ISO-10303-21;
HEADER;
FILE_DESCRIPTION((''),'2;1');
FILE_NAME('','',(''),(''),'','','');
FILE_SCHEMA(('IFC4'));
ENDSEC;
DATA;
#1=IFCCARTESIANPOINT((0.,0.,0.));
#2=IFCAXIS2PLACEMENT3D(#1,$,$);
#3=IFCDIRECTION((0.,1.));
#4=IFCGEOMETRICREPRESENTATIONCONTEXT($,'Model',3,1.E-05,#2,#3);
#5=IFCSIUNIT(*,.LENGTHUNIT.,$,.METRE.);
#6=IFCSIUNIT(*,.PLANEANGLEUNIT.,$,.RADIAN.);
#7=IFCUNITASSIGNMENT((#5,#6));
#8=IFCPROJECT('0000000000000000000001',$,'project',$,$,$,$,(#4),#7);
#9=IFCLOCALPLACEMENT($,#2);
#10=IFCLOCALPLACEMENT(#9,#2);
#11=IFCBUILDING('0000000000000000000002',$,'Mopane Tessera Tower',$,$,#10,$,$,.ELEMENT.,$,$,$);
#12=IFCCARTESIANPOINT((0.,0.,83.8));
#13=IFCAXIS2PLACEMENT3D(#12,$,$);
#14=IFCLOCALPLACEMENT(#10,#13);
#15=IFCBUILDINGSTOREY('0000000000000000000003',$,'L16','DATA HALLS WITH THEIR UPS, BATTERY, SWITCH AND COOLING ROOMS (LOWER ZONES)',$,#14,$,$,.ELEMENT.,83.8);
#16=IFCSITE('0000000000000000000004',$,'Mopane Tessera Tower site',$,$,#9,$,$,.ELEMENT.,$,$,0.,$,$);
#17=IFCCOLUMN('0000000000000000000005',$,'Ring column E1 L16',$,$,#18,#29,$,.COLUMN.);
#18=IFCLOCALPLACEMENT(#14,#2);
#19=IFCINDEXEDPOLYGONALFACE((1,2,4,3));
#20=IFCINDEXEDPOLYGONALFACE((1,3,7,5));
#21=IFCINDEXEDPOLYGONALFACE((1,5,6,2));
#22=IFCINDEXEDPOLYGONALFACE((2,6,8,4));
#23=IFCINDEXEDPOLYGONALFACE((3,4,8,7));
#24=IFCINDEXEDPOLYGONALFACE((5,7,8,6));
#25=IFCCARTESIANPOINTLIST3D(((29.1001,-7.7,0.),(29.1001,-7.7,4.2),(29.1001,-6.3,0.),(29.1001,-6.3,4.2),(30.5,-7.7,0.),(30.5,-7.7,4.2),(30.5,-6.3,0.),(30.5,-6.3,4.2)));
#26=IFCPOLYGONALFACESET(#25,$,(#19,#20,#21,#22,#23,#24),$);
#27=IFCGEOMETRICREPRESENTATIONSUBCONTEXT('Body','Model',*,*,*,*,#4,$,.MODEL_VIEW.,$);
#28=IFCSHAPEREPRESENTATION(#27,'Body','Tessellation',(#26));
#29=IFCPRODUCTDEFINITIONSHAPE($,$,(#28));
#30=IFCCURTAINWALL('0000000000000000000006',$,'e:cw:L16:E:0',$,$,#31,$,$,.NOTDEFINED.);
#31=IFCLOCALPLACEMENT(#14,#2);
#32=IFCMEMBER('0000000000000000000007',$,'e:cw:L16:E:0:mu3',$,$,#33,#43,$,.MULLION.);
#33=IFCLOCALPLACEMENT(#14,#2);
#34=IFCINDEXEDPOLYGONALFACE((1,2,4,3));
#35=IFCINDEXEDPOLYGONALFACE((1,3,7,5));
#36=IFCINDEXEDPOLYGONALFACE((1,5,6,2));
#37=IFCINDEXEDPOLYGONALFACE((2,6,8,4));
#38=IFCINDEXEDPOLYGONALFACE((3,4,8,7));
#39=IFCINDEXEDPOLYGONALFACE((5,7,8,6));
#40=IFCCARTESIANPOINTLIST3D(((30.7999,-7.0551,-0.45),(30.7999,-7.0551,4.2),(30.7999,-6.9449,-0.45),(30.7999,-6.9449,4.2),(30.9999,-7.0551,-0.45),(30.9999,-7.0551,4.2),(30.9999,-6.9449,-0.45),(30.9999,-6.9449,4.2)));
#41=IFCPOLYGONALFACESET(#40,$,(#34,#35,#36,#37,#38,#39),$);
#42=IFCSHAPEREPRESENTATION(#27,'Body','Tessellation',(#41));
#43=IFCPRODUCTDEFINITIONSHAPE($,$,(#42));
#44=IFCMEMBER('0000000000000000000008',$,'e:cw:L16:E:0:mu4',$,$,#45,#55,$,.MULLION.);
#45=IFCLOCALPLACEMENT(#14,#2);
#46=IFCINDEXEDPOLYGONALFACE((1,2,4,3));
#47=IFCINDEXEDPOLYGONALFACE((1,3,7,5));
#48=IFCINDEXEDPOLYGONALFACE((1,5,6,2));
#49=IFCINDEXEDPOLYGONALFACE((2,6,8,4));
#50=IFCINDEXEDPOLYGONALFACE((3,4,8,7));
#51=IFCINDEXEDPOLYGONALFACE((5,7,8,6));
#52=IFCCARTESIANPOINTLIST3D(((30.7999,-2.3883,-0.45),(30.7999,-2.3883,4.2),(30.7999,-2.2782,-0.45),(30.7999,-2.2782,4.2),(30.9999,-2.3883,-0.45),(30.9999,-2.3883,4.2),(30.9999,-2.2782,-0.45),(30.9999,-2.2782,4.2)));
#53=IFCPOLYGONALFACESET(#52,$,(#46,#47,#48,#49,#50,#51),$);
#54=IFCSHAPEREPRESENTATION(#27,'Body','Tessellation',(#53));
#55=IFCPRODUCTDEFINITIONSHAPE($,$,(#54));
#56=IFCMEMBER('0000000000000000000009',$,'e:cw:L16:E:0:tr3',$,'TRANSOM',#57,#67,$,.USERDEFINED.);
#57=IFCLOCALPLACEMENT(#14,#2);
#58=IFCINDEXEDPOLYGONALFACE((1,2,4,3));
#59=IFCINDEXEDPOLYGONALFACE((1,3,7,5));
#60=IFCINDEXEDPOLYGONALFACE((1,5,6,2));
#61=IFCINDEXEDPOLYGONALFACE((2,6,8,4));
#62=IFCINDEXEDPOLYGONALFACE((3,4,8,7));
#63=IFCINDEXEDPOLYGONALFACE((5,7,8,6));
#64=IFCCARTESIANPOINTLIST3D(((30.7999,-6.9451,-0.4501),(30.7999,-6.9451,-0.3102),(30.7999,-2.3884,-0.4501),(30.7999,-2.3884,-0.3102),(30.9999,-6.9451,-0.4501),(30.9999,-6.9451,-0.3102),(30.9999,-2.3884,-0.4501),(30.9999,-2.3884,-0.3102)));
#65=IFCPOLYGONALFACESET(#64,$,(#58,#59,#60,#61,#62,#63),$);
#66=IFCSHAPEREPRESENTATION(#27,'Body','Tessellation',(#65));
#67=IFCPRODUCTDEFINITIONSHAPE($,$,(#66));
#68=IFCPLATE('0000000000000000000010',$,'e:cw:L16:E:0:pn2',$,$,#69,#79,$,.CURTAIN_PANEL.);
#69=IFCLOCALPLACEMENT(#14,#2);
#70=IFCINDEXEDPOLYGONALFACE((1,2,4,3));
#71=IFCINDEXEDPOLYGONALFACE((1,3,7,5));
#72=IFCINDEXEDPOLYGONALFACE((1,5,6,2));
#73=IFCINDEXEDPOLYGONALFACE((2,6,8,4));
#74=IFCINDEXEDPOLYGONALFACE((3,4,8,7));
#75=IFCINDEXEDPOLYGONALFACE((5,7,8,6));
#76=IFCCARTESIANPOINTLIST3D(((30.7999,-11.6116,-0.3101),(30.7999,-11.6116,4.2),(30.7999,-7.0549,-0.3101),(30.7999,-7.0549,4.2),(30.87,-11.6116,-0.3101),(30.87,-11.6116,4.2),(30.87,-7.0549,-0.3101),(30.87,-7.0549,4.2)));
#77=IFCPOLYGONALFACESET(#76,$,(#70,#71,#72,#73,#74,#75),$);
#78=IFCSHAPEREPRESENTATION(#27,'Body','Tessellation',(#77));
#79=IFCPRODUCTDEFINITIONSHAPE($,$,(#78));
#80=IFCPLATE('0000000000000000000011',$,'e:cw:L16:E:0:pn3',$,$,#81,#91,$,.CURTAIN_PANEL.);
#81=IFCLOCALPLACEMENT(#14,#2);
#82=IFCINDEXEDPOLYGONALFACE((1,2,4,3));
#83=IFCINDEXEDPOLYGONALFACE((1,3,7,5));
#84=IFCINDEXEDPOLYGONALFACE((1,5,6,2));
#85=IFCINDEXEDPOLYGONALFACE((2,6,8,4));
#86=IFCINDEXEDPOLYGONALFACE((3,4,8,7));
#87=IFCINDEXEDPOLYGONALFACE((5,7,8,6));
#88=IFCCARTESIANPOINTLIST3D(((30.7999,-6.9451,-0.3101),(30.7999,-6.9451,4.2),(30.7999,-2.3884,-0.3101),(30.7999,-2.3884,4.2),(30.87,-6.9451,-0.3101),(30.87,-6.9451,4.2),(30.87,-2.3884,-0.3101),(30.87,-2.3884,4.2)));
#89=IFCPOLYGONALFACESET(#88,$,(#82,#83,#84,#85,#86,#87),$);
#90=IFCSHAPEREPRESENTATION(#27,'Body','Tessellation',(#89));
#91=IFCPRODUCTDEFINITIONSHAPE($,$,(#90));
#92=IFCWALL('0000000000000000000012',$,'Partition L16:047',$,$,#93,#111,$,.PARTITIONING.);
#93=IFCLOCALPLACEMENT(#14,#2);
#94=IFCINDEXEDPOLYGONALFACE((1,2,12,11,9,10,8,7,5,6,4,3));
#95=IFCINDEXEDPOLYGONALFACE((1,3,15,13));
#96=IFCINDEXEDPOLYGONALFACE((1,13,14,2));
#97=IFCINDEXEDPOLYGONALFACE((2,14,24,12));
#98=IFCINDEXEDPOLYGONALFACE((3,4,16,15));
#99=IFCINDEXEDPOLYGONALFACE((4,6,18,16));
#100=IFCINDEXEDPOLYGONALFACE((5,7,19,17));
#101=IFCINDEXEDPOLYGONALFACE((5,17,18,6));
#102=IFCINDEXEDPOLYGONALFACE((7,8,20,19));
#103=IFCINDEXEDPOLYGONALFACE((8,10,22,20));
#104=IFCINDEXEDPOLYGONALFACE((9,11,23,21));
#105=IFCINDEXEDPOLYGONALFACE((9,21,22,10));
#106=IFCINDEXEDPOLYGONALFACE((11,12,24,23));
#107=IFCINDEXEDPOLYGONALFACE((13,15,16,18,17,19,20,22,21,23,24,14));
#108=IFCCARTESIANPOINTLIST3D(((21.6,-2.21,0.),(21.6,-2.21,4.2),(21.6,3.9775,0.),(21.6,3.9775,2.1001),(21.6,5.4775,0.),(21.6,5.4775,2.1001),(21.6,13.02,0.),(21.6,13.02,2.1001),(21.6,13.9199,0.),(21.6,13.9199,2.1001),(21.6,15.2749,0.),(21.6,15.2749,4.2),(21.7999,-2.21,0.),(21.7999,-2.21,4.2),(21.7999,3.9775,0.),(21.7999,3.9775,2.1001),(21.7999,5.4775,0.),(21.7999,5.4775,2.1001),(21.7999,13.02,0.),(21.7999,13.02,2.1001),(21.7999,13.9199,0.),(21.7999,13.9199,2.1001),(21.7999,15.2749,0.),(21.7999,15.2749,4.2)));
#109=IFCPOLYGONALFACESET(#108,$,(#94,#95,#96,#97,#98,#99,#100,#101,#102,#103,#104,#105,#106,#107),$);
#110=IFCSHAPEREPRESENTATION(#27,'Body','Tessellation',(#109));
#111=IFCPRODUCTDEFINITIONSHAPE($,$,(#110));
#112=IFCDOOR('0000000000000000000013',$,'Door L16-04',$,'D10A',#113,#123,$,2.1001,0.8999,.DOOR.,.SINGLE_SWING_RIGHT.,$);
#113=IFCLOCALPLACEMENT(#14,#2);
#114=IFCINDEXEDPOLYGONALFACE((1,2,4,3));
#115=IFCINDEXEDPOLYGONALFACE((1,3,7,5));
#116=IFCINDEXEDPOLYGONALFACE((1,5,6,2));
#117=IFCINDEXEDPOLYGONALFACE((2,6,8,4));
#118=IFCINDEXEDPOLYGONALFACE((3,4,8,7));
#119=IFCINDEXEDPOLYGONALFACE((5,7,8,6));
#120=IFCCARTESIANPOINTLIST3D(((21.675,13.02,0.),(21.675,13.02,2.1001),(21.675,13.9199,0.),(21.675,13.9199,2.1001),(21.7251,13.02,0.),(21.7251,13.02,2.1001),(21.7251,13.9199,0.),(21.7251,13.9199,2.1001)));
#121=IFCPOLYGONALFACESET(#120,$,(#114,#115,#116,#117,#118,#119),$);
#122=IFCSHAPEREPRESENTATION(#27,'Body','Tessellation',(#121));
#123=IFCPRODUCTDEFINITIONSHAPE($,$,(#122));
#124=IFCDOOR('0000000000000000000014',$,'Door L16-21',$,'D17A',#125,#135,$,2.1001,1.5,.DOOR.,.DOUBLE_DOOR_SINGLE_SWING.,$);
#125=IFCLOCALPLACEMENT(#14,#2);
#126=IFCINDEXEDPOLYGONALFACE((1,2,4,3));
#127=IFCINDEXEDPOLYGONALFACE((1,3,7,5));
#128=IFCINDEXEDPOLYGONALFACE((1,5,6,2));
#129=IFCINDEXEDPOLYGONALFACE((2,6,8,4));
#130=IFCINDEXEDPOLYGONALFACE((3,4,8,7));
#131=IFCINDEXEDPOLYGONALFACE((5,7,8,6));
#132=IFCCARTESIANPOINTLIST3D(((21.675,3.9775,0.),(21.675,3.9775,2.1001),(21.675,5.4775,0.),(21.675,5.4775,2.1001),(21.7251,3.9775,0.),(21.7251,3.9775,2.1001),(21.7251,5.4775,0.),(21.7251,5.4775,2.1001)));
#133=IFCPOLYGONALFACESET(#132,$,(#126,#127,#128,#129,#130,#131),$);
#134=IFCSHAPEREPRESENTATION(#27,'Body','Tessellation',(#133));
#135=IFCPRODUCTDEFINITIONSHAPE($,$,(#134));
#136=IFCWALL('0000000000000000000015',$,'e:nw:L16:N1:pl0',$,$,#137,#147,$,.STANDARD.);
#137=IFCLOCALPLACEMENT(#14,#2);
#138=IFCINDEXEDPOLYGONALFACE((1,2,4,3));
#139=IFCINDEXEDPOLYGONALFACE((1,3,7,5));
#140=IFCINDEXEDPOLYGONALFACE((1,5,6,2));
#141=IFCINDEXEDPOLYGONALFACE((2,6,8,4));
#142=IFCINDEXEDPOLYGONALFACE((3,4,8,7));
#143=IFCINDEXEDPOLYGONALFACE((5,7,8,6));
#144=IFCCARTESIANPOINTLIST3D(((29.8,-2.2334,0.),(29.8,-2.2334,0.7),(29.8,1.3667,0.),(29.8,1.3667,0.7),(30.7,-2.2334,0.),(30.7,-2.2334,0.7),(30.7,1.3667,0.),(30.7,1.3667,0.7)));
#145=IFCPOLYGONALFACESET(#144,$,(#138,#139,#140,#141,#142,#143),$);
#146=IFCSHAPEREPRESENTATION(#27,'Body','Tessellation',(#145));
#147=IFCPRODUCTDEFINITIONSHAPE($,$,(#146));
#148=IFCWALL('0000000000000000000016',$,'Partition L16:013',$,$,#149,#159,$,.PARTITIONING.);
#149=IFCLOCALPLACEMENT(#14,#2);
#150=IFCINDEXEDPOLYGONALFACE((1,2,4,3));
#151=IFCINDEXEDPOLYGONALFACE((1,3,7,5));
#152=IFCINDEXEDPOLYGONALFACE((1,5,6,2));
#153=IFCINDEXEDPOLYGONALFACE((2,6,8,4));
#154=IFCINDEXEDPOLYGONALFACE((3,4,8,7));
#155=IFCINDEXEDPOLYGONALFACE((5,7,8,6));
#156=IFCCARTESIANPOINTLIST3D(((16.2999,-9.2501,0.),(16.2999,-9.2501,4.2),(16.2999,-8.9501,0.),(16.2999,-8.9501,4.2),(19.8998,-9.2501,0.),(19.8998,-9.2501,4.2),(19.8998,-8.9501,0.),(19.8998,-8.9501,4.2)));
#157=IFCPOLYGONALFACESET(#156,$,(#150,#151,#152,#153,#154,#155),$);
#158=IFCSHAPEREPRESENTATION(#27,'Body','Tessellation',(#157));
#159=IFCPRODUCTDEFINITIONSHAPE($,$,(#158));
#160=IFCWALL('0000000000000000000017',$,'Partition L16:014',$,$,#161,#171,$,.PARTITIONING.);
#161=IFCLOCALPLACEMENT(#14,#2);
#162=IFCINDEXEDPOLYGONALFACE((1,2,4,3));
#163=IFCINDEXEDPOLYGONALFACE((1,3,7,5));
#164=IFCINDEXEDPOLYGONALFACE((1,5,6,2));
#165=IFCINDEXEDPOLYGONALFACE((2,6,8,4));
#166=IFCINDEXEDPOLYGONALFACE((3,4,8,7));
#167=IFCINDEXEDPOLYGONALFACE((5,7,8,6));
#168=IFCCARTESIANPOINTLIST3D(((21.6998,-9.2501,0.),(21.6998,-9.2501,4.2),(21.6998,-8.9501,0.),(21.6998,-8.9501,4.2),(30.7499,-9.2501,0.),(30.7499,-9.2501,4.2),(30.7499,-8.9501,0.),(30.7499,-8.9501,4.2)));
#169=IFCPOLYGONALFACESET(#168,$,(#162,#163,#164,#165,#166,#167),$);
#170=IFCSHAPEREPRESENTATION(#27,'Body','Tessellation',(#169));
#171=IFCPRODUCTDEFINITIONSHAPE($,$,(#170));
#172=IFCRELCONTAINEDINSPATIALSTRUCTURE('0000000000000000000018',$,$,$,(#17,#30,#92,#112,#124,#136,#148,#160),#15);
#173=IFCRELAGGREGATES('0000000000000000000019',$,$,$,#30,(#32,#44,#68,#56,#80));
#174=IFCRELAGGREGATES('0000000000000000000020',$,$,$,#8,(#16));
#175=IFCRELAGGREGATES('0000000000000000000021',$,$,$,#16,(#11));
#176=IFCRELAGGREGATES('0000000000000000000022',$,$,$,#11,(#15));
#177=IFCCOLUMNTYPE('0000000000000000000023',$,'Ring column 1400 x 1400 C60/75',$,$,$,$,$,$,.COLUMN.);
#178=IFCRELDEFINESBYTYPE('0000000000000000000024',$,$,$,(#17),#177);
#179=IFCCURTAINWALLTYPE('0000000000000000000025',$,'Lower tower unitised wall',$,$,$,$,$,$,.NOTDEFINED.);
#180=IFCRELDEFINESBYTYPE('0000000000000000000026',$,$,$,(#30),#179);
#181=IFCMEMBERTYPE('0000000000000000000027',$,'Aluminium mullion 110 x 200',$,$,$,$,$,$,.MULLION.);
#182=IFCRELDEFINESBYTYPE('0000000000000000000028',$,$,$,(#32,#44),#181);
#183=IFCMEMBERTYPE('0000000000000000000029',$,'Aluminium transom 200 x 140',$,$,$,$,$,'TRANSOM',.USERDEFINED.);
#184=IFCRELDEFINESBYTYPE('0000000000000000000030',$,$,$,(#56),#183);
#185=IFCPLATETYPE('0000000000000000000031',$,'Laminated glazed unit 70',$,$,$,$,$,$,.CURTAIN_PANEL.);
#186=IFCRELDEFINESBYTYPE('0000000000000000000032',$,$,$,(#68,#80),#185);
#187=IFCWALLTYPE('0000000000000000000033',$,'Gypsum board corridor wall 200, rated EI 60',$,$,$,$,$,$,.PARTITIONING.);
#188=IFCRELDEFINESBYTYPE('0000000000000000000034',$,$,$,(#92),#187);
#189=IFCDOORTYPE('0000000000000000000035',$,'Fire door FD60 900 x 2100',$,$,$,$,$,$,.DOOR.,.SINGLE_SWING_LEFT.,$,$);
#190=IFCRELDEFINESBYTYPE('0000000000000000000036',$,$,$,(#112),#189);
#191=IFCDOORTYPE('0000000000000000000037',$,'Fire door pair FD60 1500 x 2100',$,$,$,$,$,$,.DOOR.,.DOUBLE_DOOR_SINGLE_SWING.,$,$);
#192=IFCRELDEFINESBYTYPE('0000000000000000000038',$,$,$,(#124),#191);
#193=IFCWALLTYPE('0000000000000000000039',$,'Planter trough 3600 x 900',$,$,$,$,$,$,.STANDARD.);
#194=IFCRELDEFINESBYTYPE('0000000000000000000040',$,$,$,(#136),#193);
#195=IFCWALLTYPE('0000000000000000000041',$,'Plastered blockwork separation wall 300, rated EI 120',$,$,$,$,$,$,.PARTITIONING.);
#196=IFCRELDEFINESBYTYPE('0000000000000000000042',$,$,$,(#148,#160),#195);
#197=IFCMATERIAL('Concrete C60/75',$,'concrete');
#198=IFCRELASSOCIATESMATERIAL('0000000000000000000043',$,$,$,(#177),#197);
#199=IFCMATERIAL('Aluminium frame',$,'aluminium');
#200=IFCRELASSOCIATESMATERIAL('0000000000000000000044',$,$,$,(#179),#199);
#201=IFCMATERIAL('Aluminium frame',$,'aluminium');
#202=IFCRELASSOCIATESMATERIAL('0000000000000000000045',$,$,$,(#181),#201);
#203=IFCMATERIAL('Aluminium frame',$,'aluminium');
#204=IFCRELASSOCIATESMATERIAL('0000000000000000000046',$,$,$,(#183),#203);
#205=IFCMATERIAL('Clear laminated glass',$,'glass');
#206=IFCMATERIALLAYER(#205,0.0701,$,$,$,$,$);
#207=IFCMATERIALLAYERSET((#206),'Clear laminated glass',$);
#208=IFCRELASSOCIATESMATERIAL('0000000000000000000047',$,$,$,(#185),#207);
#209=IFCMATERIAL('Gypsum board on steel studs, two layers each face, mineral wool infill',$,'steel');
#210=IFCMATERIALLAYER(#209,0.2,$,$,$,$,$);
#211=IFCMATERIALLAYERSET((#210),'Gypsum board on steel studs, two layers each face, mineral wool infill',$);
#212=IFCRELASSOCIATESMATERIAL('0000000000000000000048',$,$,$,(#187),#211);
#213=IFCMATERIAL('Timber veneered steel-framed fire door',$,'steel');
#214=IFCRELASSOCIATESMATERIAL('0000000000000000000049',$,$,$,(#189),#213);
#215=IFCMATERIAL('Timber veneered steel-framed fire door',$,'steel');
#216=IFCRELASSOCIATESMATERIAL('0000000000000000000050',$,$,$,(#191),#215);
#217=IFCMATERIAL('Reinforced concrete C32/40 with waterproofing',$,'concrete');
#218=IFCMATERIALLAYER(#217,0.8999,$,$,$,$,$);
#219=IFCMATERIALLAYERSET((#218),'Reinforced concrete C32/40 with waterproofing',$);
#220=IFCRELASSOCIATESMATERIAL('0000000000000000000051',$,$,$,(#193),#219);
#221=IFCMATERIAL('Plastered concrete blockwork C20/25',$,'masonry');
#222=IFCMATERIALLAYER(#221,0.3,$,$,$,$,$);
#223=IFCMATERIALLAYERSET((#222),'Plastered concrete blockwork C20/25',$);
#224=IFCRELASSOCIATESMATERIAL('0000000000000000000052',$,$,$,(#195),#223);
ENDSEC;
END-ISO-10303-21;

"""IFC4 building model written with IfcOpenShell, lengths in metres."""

from ifc_helpers import new_model, si_unit, direction, frame, frame_2d, origin, origin_2d, place, context, subcontext, project, spatial, rectangle, extrude, material, layer, layer_set, material_profile, profile_set, type_object, element, fill, aggregate, save


model = new_model("IFC4")

# Units and contexts
model_context = context("Model", 3, precision=1e-05, world=origin(), true_north=direction((0.0, 1.0)))
body_context = subcontext(model_context, "Body", "Model", "MODEL_VIEW")
ifc_project = project(units=[si_unit("LENGTHUNIT", "METRE"), si_unit("PLANEANGLEUNIT", "RADIAN")], contexts=[model_context])

# Site, building, storey
site_placement = place(None, origin())
site = spatial("IfcSite", under=ifc_project, at=site_placement, Name="Mopane Tessera Tower site", CompositionType="ELEMENT", RefElevation=0.0)
building_placement = place(site_placement, origin())
building = spatial("IfcBuilding", under=site, at=building_placement, Name="Mopane Tessera Tower", CompositionType="ELEMENT")
storey_placement = place(building_placement, frame((0.0, 0.0, 83.8)))
storey = spatial("IfcBuildingStorey", under=building, at=storey_placement, Name="L16", Description="DATA HALLS WITH THEIR UPS, BATTERY, SWITCH AND COOLING ROOMS (LOWER ZONES)", CompositionType="ELEMENT", Elevation=83.8)

# Column
ifc_material_1 = material(Name="Concrete C60/75", Category="concrete")
ifc_material_profile_1 = material_profile(ifc_material_1, rectangle(XDim=1.3999, YDim=1.3999, at=origin_2d()))
ifc_profile_set_1 = profile_set([ifc_material_profile_1], Name="Concrete C60/75")
column_type = type_object("IfcColumnType", Name="Ring column 1400 x 1400 C60/75", PredefinedType="COLUMN", material=ifc_profile_set_1)
column_placement = place(storey_placement, frame((29.8, -7.0, 0.0), z_axis=(0.0, 0.0, 1.0), x_axis=(1.0, 0.0, 0.0)))
element("IfcColumn", 1, at=column_placement, inside=storey, type_object=column_type, Name="Ring column E1 L16", PredefinedType="COLUMN", context=body_context, shape_type="SweptSolid", body=[
    extrude(rectangle(XDim=1.3999, YDim=1.3999, at=origin_2d()), origin(), (0.0, 0.0, 1.0), 4.2),
])

# Curtain wall, members, plates
ifc_material_2 = material(Name="Aluminium frame", Category="aluminium")
curtain_wall_type = type_object("IfcCurtainWallType", Name="Lower tower unitised wall", PredefinedType="NOTDEFINED", material=ifc_material_2)
curtain_wall_placement = place(storey_placement, origin())
curtain_wall = element("IfcCurtainWall", 2, at=curtain_wall_placement, inside=storey, type_object=curtain_wall_type, Name="e:cw:L16:E:0", PredefinedType="NOTDEFINED")
ifc_material_3 = material(Name="Aluminium frame", Category="aluminium")
ifc_material_profile_2 = material_profile(ifc_material_3, rectangle(XDim=0.1101, YDim=0.2, at=origin_2d()))
ifc_profile_set_2 = profile_set([ifc_material_profile_2], Name="Aluminium frame")
member_type_1 = type_object("IfcMemberType", Name="Aluminium mullion 110 x 200", PredefinedType="MULLION", material=ifc_profile_set_2)
member_1_placement = place(storey_placement, frame((30.8999, -7.0, -0.45), z_axis=(0.0, 0.0, 1.0), x_axis=(0.0, 1.0, 0.0)))
member_1 = element("IfcMember", 3, at=member_1_placement, type_object=member_type_1, Name="e:cw:L16:E:0:mu3", PredefinedType="MULLION", context=body_context, shape_type="SweptSolid", body=[
    extrude(rectangle(XDim=0.1101, YDim=0.2, at=origin_2d()), origin(), (0.0, 0.0, 1.0), 4.6499),
])
member_2_placement = place(storey_placement, frame((30.8999, -2.3333, -0.45), z_axis=(0.0, 0.0, 1.0), x_axis=(0.0, 1.0, 0.0)))
member_2 = element("IfcMember", 4, at=member_2_placement, type_object=member_type_1, Name="e:cw:L16:E:0:mu4", PredefinedType="MULLION", context=body_context, shape_type="SweptSolid", body=[
    extrude(rectangle(XDim=0.1101, YDim=0.2, at=origin_2d()), origin(), (0.0, 0.0, 1.0), 4.6499),
])
ifc_material_4 = material(Name="Aluminium frame", Category="aluminium")
ifc_material_profile_3 = material_profile(ifc_material_4, rectangle(XDim=0.2, YDim=0.1399, at=origin_2d()))
ifc_profile_set_3 = profile_set([ifc_material_profile_3], Name="Aluminium frame")
member_type_2 = type_object("IfcMemberType", Name="Aluminium transom 200 x 140", ElementType="TRANSOM", PredefinedType="USERDEFINED", material=ifc_profile_set_3)
member_3_placement = place(storey_placement, frame((30.8999, -6.9451, -0.3801), z_axis=(0.0, 1.0, 0.0), x_axis=(-1.0, 0.0, 0.0)))
member_3 = element("IfcMember", 5, at=member_3_placement, type_object=member_type_2, Name="e:cw:L16:E:0:tr3", ObjectType="TRANSOM", PredefinedType="USERDEFINED", context=body_context, shape_type="SweptSolid", body=[
    extrude(rectangle(XDim=0.2, YDim=0.1399, at=origin_2d()), origin(), (0.0, 0.0, 1.0), 4.5566),
])
ifc_material_5 = material(Name="Clear laminated glass", Category="glass")
ifc_layer_1 = layer(ifc_material_5, 0.0701)
ifc_layer_set_1 = layer_set([ifc_layer_1], Name="Clear laminated glass")
plate_type = type_object("IfcPlateType", Name="Laminated glazed unit 70", PredefinedType="CURTAIN_PANEL", material=ifc_layer_set_1)
plate_1_placement = place(storey_placement, frame((30.835, -9.3333, -0.3101), z_axis=(0.0, 0.0, 1.0), x_axis=(0.0, 1.0, 0.0)))
plate_1 = element("IfcPlate", 6, at=plate_1_placement, type_object=plate_type, Name="e:cw:L16:E:0:pn2", PredefinedType="CURTAIN_PANEL", context=body_context, shape_type="SweptSolid", body=[
    extrude(rectangle(XDim=4.5566, YDim=0.0701, at=origin_2d()), origin(), (0.0, 0.0, 1.0), 4.51),
])
plate_2_placement = place(storey_placement, frame((30.835, -4.6667, -0.3101), z_axis=(0.0, 0.0, 1.0), x_axis=(0.0, 1.0, 0.0)))
plate_2 = element("IfcPlate", 7, at=plate_2_placement, type_object=plate_type, Name="e:cw:L16:E:0:pn3", PredefinedType="CURTAIN_PANEL", context=body_context, shape_type="SweptSolid", body=[
    extrude(rectangle(XDim=4.5566, YDim=0.0701, at=origin_2d()), origin(), (0.0, 0.0, 1.0), 4.51),
])
aggregate(curtain_wall, [member_1, member_2, plate_1, member_3, plate_2])

# Wall, openings, doors
ifc_material_6 = material(Name="Gypsum board on steel studs, two layers each face, mineral wool infill", Category="steel")
ifc_layer_2 = layer(ifc_material_6, 0.2)
ifc_layer_set_2 = layer_set([ifc_layer_2], Name="Gypsum board on steel studs, two layers each face, mineral wool infill")
wall_type_1 = type_object("IfcWallType", Name="Gypsum board corridor wall 200, rated EI 60", PredefinedType="PARTITIONING", material=ifc_layer_set_2)
wall_1_placement = place(storey_placement, frame((21.7, -2.21, 0.0), z_axis=(0.0, 0.0, 1.0), x_axis=(0.0, 1.0, 0.0)))
wall_1 = element("IfcWall", 8, at=wall_1_placement, inside=storey, type_object=wall_type_1, Name="Partition L16:047", PredefinedType="PARTITIONING", context=body_context, shape_type="SweptSolid", body=[
    extrude(rectangle(XDim=17.4849, YDim=0.2, at=frame_2d((8.7424, 0.0))), origin(), (0.0, 0.0, 1.0), 4.2),
])
opening_1_placement = place(wall_1_placement, frame((15.23, 0.0, 0.0)))
opening_1 = element("IfcOpeningElement", 9, at=opening_1_placement, cuts=wall_1, PredefinedType="OPENING", context=body_context, shape_type="SweptSolid", body=[
    extrude(rectangle(XDim=0.8999, YDim=2.1001, at=frame_2d((0.45, 1.05))), frame((0.0, 0.1121, 0.0), z_axis=(0.0, -1.0, 0.0), x_axis=(1.0, 0.0, 0.0)), (0.0, 0.0, 1.0), 0.2239),
])
opening_2_placement = place(wall_1_placement, frame((6.1875, 0.0, 0.0)))
opening_2 = element("IfcOpeningElement", 10, at=opening_2_placement, cuts=wall_1, PredefinedType="OPENING", context=body_context, shape_type="SweptSolid", body=[
    extrude(rectangle(XDim=1.5, YDim=2.1001, at=frame_2d((0.75, 1.05))), frame((0.0, 0.1121, 0.0), z_axis=(0.0, -1.0, 0.0), x_axis=(1.0, 0.0, 0.0)), (0.0, 0.0, 1.0), 0.2239),
])
ifc_material_7 = material(Name="Timber veneered steel-framed fire door", Category="steel")
door_type_1 = type_object("IfcDoorType", Name="Fire door FD60 900 x 2100", OperationType="SINGLE_SWING_LEFT", PredefinedType="DOOR", material=ifc_material_7)
door_1_placement = place(opening_1_placement, origin())
door_1 = element("IfcDoor", 11, at=door_1_placement, inside=storey, type_object=door_type_1, Name="Door L16-04", ObjectType="D10A", OperationType="SINGLE_SWING_RIGHT", OverallHeight=2.1001, OverallWidth=0.8999, PredefinedType="DOOR", context=body_context, shape_type="SweptSolid", body=[
    extrude(rectangle(XDim=0.8999, YDim=2.1001, at=frame_2d((0.45, 1.05))), frame((0.0, 0.0249, 0.0), z_axis=(0.0, -1.0, 0.0), x_axis=(1.0, 0.0, 0.0)), (0.0, 0.0, 1.0), 0.05),
])
fill(opening_1, door_1)
ifc_material_8 = material(Name="Timber veneered steel-framed fire door", Category="steel")
door_type_2 = type_object("IfcDoorType", Name="Fire door pair FD60 1500 x 2100", OperationType="DOUBLE_DOOR_SINGLE_SWING", PredefinedType="DOOR", material=ifc_material_8)
door_2_placement = place(opening_2_placement, origin())
door_2 = element("IfcDoor", 12, at=door_2_placement, inside=storey, type_object=door_type_2, Name="Door L16-21", ObjectType="D17A", OperationType="DOUBLE_DOOR_SINGLE_SWING", OverallHeight=2.1001, OverallWidth=1.5, PredefinedType="DOOR", context=body_context, shape_type="SweptSolid", body=[
    extrude(rectangle(XDim=1.5, YDim=2.1001, at=frame_2d((0.75, 1.05))), frame((0.0, 0.0249, 0.0), z_axis=(0.0, -1.0, 0.0), x_axis=(1.0, 0.0, 0.0)), (0.0, 0.0, 1.0), 0.05),
])
fill(opening_2, door_2)

# Walls
ifc_material_9 = material(Name="Reinforced concrete C32/40 with waterproofing", Category="concrete")
ifc_layer_3 = layer(ifc_material_9, 0.8999)
ifc_layer_set_3 = layer_set([ifc_layer_3], Name="Reinforced concrete C32/40 with waterproofing")
wall_type_2 = type_object("IfcWallType", Name="Planter trough 3600 x 900", PredefinedType="STANDARD", material=ifc_layer_set_3)
wall_2_placement = place(storey_placement, frame((30.25, -2.2334, 0.0), z_axis=(0.0, 0.0, 1.0), x_axis=(0.0, 1.0, 0.0)))
element("IfcWall", 13, at=wall_2_placement, inside=storey, type_object=wall_type_2, Name="e:nw:L16:N1:pl0", PredefinedType="STANDARD", context=body_context, shape_type="SweptSolid", body=[
    extrude(rectangle(XDim=3.6001, YDim=0.8999, at=frame_2d((1.8, 0.0))), origin(), (0.0, 0.0, 1.0), 0.7),
])
ifc_material_10 = material(Name="Plastered concrete blockwork C20/25", Category="masonry")
ifc_layer_4 = layer(ifc_material_10, 0.3)
ifc_layer_set_4 = layer_set([ifc_layer_4], Name="Plastered concrete blockwork C20/25")
wall_type_3 = type_object("IfcWallType", Name="Plastered blockwork separation wall 300, rated EI 120", PredefinedType="PARTITIONING", material=ifc_layer_set_4)
wall_3_placement = place(storey_placement, frame((16.3, -9.1001, 0.0), z_axis=(0.0, 0.0, 1.0), x_axis=(1.0, 0.0, 0.0)))
element("IfcWall", 14, at=wall_3_placement, inside=storey, type_object=wall_type_3, Name="Partition L16:013", PredefinedType="PARTITIONING", context=body_context, shape_type="SweptSolid", body=[
    extrude(rectangle(XDim=3.5999, YDim=0.3, at=frame_2d((1.7998, 0.0))), origin(), (0.0, 0.0, 1.0), 4.2),
])
wall_4_placement = place(storey_placement, frame((21.7, -9.1001, 0.0), z_axis=(0.0, 0.0, 1.0), x_axis=(1.0, 0.0, 0.0)))
element("IfcWall", 15, at=wall_4_placement, inside=storey, type_object=wall_type_3, Name="Partition L16:014", PredefinedType="PARTITIONING", context=body_context, shape_type="SweptSolid", body=[
    extrude(rectangle(XDim=9.05, YDim=0.3, at=frame_2d((4.5249, 0.0))), origin(), (0.0, 0.0, 1.0), 4.2),
])

save(model, "model.ifc")
